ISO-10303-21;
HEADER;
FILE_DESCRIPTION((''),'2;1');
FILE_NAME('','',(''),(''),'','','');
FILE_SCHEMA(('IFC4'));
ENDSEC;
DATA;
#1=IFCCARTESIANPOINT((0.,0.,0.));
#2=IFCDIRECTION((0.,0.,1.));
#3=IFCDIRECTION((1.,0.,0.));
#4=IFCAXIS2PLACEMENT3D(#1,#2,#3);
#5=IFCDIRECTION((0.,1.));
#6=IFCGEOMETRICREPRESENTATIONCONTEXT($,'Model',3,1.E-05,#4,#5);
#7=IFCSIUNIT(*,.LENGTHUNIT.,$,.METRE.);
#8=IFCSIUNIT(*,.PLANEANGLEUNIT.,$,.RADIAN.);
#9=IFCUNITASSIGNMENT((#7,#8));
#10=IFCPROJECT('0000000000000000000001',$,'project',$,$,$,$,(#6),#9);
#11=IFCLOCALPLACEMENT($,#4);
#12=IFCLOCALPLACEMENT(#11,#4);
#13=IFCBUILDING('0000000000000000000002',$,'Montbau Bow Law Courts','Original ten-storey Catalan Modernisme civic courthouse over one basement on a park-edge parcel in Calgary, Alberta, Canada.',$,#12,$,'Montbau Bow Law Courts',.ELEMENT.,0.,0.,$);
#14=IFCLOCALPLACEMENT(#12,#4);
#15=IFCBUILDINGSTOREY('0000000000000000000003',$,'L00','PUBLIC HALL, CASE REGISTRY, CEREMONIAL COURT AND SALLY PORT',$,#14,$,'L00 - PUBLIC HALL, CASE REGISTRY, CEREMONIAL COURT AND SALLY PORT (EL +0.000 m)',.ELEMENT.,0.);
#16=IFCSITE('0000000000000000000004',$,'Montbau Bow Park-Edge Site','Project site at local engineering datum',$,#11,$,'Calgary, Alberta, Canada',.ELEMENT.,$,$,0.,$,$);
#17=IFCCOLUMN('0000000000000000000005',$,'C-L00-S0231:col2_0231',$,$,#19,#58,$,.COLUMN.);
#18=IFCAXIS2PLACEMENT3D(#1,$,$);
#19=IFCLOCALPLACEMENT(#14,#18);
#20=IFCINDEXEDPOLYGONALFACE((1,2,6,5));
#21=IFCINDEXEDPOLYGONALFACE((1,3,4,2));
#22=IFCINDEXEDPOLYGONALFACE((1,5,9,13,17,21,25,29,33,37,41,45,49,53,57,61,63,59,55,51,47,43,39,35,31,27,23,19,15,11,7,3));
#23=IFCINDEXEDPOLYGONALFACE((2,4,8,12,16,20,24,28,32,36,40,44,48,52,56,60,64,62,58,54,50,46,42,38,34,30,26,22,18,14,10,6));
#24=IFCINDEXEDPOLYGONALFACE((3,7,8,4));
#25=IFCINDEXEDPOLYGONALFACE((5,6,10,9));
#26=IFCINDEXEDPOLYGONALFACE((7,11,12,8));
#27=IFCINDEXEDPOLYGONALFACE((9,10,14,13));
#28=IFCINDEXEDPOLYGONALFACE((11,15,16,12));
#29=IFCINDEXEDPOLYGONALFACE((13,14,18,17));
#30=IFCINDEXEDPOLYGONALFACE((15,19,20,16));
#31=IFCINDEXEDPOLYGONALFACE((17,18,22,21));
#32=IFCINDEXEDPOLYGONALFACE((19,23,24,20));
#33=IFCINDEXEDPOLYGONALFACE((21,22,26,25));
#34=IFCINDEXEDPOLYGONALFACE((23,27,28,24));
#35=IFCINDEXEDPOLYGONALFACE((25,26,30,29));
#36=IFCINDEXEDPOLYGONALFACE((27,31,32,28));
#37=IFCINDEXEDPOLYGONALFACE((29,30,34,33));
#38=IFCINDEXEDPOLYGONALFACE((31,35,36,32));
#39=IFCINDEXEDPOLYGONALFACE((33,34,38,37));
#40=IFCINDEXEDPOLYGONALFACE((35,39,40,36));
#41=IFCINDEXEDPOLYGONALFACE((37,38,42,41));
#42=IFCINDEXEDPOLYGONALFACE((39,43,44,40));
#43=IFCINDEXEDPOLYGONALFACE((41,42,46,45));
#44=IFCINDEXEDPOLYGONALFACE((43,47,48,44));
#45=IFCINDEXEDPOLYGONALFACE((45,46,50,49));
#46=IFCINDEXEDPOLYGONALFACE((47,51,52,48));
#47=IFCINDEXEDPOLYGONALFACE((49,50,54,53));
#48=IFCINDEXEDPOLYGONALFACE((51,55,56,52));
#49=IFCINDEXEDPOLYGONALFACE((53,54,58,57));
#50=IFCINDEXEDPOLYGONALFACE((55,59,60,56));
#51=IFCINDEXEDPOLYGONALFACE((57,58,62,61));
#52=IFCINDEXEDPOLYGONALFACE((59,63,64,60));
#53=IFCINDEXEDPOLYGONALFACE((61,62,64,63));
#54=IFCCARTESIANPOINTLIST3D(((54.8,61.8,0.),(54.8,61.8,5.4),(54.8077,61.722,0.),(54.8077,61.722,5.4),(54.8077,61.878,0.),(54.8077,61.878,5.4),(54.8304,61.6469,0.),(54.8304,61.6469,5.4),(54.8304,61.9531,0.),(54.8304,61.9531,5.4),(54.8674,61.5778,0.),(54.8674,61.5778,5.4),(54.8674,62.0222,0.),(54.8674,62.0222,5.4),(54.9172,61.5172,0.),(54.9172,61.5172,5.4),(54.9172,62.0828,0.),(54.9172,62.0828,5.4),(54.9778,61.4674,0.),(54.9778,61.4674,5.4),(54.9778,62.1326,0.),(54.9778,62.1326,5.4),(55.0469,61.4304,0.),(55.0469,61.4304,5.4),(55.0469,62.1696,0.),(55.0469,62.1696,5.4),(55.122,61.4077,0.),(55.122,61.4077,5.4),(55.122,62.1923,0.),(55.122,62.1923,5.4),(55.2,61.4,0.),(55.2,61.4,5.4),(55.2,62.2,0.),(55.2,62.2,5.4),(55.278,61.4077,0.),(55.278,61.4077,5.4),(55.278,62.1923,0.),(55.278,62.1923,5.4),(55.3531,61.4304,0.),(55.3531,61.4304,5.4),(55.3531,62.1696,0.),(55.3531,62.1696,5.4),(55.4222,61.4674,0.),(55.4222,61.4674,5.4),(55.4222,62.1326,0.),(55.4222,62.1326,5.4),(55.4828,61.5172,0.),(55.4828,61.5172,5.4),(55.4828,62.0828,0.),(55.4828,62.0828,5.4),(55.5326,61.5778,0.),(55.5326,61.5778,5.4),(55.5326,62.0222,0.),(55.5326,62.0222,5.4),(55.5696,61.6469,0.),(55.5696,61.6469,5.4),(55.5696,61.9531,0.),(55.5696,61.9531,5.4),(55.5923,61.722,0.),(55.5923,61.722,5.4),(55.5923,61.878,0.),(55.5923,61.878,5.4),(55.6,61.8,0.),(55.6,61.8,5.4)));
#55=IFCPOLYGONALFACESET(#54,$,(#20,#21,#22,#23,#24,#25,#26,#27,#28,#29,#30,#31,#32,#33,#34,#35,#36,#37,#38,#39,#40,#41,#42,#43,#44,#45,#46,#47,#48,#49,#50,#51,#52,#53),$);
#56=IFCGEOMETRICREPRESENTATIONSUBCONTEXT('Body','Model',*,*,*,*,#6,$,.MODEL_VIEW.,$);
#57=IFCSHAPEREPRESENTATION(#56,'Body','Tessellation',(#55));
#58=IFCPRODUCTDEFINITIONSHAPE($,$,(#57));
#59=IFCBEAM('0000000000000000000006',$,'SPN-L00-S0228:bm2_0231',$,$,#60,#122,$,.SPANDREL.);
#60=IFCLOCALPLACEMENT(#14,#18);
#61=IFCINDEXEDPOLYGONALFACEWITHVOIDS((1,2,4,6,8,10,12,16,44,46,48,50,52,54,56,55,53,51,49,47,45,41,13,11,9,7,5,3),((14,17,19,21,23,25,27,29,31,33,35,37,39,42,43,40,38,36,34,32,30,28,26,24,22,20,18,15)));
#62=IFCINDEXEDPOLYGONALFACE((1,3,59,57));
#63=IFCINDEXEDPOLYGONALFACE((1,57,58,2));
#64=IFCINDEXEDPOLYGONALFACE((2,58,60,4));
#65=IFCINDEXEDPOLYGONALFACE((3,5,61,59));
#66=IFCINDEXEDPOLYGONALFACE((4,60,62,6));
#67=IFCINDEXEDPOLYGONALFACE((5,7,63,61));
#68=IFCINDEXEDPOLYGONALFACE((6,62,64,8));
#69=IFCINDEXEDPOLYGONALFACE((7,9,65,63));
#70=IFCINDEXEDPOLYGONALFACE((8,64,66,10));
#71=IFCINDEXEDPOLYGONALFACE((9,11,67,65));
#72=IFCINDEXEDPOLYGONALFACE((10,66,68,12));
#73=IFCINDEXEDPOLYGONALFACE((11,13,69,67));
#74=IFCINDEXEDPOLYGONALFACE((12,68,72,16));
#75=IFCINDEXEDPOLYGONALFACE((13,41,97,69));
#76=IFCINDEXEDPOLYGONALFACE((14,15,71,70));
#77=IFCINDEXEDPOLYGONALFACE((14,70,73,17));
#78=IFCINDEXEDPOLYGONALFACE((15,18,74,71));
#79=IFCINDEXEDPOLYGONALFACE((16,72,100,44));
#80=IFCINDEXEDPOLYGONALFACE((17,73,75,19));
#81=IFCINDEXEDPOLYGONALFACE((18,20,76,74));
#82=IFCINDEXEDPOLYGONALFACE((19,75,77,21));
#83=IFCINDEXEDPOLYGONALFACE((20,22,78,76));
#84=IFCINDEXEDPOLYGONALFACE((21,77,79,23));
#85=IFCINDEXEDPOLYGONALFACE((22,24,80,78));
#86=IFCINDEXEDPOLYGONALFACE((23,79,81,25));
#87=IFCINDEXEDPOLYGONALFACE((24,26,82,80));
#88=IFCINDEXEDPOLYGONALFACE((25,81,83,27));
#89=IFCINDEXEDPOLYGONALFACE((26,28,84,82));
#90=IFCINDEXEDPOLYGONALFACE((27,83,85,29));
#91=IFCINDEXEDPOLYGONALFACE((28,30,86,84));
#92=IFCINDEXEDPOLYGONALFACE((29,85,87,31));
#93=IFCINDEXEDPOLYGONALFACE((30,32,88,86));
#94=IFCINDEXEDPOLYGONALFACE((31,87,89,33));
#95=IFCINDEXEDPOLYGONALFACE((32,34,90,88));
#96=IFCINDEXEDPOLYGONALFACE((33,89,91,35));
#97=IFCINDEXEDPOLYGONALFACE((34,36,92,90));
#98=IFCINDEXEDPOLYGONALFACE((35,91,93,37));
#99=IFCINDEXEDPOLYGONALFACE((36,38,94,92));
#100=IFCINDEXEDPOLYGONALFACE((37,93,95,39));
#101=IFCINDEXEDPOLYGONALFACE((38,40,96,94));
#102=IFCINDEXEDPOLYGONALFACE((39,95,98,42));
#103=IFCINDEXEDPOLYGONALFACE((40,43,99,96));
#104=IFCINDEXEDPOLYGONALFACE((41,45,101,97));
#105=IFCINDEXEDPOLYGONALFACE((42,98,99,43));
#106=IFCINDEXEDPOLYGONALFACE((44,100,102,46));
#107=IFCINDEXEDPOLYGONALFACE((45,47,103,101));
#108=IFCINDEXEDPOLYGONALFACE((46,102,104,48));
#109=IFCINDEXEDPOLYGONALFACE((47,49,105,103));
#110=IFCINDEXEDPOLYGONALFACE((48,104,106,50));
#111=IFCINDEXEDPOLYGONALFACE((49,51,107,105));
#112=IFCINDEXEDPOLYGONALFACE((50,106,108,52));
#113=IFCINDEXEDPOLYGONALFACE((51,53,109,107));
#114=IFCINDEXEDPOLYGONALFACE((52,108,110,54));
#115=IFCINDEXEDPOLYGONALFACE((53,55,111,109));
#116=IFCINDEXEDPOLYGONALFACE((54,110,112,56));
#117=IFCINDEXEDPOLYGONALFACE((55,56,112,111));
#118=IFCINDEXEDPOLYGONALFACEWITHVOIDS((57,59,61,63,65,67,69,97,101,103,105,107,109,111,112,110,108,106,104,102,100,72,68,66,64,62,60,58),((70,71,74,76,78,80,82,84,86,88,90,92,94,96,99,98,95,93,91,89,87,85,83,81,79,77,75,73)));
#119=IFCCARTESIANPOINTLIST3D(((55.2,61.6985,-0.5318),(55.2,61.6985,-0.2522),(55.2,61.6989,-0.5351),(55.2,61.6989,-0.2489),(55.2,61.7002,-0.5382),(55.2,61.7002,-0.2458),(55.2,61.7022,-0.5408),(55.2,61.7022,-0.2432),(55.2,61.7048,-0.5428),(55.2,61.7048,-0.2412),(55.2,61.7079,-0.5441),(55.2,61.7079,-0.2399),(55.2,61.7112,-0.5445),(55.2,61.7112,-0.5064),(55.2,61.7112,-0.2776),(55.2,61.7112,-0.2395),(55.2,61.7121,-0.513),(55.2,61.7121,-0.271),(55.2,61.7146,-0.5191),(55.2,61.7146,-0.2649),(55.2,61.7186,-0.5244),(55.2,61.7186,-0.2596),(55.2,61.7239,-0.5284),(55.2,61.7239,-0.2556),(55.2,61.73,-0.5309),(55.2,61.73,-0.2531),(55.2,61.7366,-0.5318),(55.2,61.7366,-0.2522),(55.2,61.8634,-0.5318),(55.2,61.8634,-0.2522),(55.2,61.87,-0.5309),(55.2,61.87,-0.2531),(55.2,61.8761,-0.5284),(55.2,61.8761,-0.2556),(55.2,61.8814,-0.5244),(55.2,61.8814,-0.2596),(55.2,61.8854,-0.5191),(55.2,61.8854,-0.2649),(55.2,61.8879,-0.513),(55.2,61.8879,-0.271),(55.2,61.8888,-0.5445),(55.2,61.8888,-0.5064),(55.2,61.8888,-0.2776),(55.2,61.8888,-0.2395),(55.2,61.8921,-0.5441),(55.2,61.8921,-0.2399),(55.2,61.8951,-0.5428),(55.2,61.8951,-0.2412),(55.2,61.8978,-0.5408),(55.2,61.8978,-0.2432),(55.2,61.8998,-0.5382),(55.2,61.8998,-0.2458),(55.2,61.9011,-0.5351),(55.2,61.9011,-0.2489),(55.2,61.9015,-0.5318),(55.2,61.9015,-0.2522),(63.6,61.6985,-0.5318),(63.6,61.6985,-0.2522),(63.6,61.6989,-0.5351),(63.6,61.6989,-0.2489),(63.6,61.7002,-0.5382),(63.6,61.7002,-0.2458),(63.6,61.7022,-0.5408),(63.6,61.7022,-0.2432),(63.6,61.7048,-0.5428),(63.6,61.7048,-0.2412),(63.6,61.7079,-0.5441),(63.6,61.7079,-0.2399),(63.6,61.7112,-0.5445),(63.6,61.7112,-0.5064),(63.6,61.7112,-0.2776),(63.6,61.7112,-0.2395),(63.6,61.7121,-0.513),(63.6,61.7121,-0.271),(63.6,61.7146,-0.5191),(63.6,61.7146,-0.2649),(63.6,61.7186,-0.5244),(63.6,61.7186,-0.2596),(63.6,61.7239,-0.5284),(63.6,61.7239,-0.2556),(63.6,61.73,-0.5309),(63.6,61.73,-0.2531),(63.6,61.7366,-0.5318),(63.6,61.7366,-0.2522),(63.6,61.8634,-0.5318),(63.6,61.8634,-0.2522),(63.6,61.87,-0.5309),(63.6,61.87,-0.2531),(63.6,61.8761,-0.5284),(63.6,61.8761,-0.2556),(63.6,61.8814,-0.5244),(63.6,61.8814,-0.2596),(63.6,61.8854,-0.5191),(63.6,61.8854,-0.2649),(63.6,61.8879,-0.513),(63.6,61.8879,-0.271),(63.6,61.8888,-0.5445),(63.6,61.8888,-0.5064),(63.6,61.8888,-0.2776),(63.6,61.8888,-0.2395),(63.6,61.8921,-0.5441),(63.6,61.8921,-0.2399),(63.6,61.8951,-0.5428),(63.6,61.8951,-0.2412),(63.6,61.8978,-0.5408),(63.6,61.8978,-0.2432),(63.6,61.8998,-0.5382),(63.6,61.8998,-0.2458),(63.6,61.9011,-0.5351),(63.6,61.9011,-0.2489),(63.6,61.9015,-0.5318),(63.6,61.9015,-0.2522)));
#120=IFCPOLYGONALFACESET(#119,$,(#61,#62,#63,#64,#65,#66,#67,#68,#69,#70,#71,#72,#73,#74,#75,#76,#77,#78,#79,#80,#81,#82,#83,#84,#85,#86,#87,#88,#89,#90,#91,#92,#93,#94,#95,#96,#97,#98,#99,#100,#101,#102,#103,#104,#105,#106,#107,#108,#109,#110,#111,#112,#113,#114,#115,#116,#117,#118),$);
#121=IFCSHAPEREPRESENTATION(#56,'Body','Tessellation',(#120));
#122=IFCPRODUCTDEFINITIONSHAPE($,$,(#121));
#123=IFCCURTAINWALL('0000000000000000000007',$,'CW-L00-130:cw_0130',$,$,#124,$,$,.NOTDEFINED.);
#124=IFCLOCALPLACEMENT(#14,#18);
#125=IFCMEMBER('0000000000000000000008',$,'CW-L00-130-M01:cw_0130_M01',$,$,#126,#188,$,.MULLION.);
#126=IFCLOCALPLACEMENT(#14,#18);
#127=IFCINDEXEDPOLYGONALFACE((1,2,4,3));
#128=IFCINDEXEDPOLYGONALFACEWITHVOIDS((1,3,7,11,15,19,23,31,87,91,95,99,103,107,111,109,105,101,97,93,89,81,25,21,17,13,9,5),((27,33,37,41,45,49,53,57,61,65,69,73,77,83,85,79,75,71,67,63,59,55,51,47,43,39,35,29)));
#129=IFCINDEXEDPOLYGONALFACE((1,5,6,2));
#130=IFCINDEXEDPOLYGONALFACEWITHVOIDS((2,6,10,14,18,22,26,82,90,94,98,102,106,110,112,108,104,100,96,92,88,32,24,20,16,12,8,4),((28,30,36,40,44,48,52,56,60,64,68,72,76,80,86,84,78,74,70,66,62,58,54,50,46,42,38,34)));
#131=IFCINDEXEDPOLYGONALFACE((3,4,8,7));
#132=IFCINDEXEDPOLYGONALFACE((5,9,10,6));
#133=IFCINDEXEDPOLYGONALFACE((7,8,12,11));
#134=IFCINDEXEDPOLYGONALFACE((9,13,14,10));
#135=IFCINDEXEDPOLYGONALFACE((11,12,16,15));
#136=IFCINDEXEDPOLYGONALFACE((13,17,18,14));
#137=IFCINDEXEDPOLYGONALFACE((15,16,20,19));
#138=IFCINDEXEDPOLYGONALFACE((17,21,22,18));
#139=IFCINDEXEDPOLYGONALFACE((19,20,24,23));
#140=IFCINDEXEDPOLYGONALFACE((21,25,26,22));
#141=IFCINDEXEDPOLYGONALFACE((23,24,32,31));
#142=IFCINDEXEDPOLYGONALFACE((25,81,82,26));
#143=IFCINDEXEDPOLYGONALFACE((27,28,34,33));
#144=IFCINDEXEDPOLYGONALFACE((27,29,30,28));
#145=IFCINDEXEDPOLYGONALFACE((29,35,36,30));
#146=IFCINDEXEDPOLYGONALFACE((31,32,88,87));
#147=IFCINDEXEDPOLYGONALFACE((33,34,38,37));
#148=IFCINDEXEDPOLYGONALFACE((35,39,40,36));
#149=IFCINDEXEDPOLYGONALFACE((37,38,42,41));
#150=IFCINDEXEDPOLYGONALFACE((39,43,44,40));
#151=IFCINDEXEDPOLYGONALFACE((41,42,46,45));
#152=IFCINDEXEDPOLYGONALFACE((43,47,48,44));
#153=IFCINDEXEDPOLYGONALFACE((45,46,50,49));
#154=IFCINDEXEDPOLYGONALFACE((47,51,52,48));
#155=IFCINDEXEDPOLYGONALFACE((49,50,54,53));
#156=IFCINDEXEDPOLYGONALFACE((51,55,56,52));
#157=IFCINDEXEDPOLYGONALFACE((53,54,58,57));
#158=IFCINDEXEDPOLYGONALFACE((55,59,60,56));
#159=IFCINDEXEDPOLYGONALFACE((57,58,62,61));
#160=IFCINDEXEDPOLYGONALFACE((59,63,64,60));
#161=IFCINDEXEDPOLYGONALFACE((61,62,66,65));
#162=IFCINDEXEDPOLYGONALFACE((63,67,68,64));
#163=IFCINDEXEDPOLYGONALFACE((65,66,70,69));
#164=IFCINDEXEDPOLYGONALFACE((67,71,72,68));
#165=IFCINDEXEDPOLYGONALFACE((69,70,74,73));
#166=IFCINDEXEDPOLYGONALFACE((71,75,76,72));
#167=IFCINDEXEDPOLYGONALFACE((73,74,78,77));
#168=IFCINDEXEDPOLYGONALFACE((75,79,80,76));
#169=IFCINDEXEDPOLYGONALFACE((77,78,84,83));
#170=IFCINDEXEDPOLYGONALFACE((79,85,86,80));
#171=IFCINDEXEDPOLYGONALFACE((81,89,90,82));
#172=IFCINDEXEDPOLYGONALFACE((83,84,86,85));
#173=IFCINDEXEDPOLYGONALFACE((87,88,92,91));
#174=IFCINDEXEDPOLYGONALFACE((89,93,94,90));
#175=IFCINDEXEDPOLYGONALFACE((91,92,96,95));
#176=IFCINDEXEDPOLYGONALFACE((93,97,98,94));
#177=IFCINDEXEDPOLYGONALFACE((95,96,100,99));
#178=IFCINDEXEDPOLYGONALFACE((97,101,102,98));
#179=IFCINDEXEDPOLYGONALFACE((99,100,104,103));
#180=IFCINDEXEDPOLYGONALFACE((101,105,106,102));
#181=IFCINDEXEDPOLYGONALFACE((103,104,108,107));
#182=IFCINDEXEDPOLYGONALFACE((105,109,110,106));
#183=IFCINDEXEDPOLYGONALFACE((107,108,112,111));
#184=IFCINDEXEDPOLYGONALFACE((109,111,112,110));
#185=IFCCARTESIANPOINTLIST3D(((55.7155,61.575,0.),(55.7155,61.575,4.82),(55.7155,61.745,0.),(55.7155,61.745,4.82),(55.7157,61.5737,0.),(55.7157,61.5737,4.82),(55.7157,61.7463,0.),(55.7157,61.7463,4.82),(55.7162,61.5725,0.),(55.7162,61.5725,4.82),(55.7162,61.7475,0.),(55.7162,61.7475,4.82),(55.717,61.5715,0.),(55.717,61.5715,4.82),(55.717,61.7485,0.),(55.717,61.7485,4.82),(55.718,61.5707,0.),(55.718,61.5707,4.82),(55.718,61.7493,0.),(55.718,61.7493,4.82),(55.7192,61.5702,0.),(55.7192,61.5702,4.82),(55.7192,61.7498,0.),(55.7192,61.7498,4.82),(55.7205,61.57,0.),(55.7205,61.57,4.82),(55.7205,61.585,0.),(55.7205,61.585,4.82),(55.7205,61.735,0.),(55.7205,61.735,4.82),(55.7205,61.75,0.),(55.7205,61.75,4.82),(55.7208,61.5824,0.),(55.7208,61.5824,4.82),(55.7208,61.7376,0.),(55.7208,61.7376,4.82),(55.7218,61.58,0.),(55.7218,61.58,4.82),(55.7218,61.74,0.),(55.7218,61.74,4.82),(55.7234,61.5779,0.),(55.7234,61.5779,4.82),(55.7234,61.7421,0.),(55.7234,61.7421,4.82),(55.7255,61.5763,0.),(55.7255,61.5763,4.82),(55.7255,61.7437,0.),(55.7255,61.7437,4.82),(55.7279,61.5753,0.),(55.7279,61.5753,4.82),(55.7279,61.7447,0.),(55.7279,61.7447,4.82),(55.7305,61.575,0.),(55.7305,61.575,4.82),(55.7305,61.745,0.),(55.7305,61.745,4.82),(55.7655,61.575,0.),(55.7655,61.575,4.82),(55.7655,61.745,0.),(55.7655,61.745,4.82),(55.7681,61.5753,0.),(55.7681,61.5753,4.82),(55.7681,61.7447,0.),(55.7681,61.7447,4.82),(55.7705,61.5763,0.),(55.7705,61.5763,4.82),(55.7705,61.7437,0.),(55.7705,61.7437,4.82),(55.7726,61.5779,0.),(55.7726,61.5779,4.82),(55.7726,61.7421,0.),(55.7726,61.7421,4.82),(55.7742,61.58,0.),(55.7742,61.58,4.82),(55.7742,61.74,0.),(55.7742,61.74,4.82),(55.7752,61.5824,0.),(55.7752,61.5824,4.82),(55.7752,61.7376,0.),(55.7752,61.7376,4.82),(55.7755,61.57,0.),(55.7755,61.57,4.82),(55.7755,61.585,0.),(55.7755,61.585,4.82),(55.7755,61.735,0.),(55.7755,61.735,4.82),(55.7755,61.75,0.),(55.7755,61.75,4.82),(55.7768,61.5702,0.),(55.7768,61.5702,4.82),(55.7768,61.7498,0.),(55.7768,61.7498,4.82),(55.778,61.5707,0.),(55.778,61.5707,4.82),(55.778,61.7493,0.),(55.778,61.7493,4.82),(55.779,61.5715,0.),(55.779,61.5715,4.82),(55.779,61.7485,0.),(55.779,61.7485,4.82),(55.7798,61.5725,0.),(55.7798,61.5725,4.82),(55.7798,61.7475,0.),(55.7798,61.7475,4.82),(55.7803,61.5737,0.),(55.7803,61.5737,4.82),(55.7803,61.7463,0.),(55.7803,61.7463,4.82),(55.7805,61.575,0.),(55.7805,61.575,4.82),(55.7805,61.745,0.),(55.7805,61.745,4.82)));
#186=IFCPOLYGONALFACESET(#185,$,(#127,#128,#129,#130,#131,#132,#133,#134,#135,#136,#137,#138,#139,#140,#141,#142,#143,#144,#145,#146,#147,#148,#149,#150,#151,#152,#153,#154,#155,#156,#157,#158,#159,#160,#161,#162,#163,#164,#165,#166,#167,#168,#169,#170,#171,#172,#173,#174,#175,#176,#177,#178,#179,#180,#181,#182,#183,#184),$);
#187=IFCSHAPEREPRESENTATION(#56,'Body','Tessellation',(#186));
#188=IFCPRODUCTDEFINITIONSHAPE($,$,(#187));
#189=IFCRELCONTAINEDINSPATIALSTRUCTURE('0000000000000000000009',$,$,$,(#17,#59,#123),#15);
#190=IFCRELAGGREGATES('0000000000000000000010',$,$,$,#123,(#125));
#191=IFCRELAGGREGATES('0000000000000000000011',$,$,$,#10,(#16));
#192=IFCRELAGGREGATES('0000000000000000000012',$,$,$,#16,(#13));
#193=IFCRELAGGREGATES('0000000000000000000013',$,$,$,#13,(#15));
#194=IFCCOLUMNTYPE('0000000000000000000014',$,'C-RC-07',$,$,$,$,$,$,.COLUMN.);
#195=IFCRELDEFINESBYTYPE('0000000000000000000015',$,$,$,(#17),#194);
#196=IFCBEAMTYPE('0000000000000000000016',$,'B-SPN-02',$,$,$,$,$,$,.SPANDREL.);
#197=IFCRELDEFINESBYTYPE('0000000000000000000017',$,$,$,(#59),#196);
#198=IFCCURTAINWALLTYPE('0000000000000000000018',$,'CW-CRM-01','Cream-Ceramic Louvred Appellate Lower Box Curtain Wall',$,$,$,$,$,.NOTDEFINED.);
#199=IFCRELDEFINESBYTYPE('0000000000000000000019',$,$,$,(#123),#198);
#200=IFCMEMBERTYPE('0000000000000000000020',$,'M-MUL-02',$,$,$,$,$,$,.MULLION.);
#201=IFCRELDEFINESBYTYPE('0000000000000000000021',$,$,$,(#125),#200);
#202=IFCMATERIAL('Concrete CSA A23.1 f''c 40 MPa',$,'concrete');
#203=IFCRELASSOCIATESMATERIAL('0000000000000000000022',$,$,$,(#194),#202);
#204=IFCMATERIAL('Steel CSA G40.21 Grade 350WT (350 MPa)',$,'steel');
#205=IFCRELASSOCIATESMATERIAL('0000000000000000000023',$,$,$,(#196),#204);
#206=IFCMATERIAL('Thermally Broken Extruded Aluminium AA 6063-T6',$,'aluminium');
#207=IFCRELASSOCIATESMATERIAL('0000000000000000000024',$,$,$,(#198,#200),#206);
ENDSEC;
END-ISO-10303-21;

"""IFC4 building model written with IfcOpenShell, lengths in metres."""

from ifc_helpers import new_model, si_unit, direction, frame, origin_with_axes, origin_2d_with_axis, place, context, subcontext, project, spatial, hollow_rectangle, circle, extrude, material, material_profile, profile_set, type_object, element, aggregate, save


model = new_model("IFC4")

# Units and contexts
model_context = context("Model", 3, precision=1e-05, world=origin_with_axes(), true_north=direction((0.0, 1.0)))
body_context = subcontext(model_context, "Body", "Model", "MODEL_VIEW")
ifc_project = project(units=[si_unit("LENGTHUNIT", "METRE"), si_unit("PLANEANGLEUNIT", "RADIAN")], contexts=[model_context])

# Site, building, storey
site_placement = place(None, origin_with_axes())
site = spatial("IfcSite", under=ifc_project, at=site_placement, Name="Montbau Bow Park-Edge Site", Description="Project site at local engineering datum", LongName="Calgary, Alberta, Canada", CompositionType="ELEMENT", RefElevation=0.0)
building_placement = place(site_placement, origin_with_axes())
building = spatial("IfcBuilding", under=site, at=building_placement, Name="Montbau Bow Law Courts", Description="Original ten-storey Catalan Modernisme civic courthouse over one basement on a park-edge parcel in Calgary, Alberta, Canada.", LongName="Montbau Bow Law Courts", CompositionType="ELEMENT", ElevationOfRefHeight=0.0, ElevationOfTerrain=0.0)
storey_placement = place(building_placement, origin_with_axes())
storey = spatial("IfcBuildingStorey", under=building, at=storey_placement, Name="L00", Description="PUBLIC HALL, CASE REGISTRY, CEREMONIAL COURT AND SALLY PORT", LongName="L00 - PUBLIC HALL, CASE REGISTRY, CEREMONIAL COURT AND SALLY PORT (EL +0.000 m)", CompositionType="ELEMENT", Elevation=0.0)

# Column
ifc_material_1 = material(Name="Concrete CSA A23.1 f'c 40 MPa", Category="concrete")
ifc_material_profile_1 = material_profile(ifc_material_1, circle(Radius=0.4, at=origin_2d_with_axis()), Name="RC800D", Category="Main", Priority=0)
ifc_profile_set_1 = profile_set([ifc_material_profile_1], Name="Concrete CSA A23.1 f'c 40 MPa")
column_type = type_object("IfcColumnType", Name="C-RC-07", PredefinedType="COLUMN", material=ifc_profile_set_1)
column_placement = place(None, frame((55.2, 61.8, 0.0), z_axis=(0.0, 0.0, 1.0), x_axis=(1.0, 0.0, 0.0)))
element("IfcColumn", 1, at=column_placement, inside=storey, type_object=column_type, Name="C-L00-S0231:col2_0231", PredefinedType="COLUMN", context=body_context, shape_type="SweptSolid", body=[
    extrude(circle(Radius=0.4, at=origin_2d_with_axis()), origin_with_axes(), (0.0, 0.0, 1.0), 5.4),
])

# Beam
ifc_material_2 = material(Name="Steel CSA G40.21 Grade 350WT (350 MPa)", Category="steel")
ifc_material_profile_2 = material_profile(ifc_material_2, hollow_rectangle(XDim=0.203, YDim=0.305, WallThickness=0.0127, InnerFilletRadius=0.0254, OuterFilletRadius=0.0127, at=origin_2d_with_axis()), Name="HSS305X203X13", Category="Main", Priority=0)
ifc_profile_set_2 = profile_set([ifc_material_profile_2], Name="Steel CSA G40.21 Grade 350WT (350 MPa)")
beam_type = type_object("IfcBeamType", Name="B-SPN-02", PredefinedType="SPANDREL", material=ifc_profile_set_2)
beam_placement = place(None, frame((55.2, 61.8, -0.392), z_axis=(1.0, 0.0, 0.0), x_axis=(0.0, 1.0, 0.0)))
element("IfcBeam", 2, at=beam_placement, inside=storey, type_object=beam_type, Name="SPN-L00-S0228:bm2_0231", PredefinedType="SPANDREL", context=body_context, shape_type="SweptSolid", body=[
    extrude(hollow_rectangle(XDim=0.203, YDim=0.305, WallThickness=0.0127, InnerFilletRadius=0.0254, OuterFilletRadius=0.0127, at=origin_2d_with_axis()), origin_with_axes(), (0.0, 0.0, 1.0), 8.4),
])

# Curtain wall, member
ifc_material_3 = material(Name="Thermally Broken Extruded Aluminium AA 6063-T6", Category="aluminium")
curtain_wall_type = type_object("IfcCurtainWallType", Name="CW-CRM-01", Description="Cream-Ceramic Louvred Appellate Lower Box Curtain Wall", PredefinedType="NOTDEFINED", material=ifc_material_3)
curtain_wall_placement = place(None, frame((55.715, 61.66, 0.0), z_axis=(0.0, 0.0, 1.0), x_axis=(1.0, 0.0, 0.0)))
curtain_wall = element("IfcCurtainWall", 3, at=curtain_wall_placement, inside=storey, type_object=curtain_wall_type, Name="CW-L00-130:cw_0130", PredefinedType="NOTDEFINED")
ifc_material_profile_3 = material_profile(ifc_material_3, hollow_rectangle(XDim=0.065, YDim=0.18, WallThickness=0.005, InnerFilletRadius=0.01, OuterFilletRadius=0.005, at=origin_2d_with_axis()), Name="CWM-180X65", Category="Main", Priority=0)
ifc_profile_set_3 = profile_set([ifc_material_profile_3], Name="Thermally Broken Extruded Aluminium AA 6063-T6")
member_type = type_object("IfcMemberType", Name="M-MUL-02", PredefinedType="MULLION", material=ifc_profile_set_3)
member_placement = place(None, frame((55.748, 61.66, 0.0), z_axis=(0.0, 0.0, 1.0), x_axis=(1.0, 0.0, 0.0)))
member = element("IfcMember", 4, at=member_placement, type_object=member_type, Name="CW-L00-130-M01:cw_0130_M01", PredefinedType="MULLION", context=body_context, shape_type="SweptSolid", body=[
    extrude(hollow_rectangle(XDim=0.065, YDim=0.18, WallThickness=0.005, InnerFilletRadius=0.01, OuterFilletRadius=0.005, at=origin_2d_with_axis()), origin_with_axes(), (0.0, 0.0, 1.0), 4.82),
])
aggregate(curtain_wall, [member])

save(model, "model.ifc")
